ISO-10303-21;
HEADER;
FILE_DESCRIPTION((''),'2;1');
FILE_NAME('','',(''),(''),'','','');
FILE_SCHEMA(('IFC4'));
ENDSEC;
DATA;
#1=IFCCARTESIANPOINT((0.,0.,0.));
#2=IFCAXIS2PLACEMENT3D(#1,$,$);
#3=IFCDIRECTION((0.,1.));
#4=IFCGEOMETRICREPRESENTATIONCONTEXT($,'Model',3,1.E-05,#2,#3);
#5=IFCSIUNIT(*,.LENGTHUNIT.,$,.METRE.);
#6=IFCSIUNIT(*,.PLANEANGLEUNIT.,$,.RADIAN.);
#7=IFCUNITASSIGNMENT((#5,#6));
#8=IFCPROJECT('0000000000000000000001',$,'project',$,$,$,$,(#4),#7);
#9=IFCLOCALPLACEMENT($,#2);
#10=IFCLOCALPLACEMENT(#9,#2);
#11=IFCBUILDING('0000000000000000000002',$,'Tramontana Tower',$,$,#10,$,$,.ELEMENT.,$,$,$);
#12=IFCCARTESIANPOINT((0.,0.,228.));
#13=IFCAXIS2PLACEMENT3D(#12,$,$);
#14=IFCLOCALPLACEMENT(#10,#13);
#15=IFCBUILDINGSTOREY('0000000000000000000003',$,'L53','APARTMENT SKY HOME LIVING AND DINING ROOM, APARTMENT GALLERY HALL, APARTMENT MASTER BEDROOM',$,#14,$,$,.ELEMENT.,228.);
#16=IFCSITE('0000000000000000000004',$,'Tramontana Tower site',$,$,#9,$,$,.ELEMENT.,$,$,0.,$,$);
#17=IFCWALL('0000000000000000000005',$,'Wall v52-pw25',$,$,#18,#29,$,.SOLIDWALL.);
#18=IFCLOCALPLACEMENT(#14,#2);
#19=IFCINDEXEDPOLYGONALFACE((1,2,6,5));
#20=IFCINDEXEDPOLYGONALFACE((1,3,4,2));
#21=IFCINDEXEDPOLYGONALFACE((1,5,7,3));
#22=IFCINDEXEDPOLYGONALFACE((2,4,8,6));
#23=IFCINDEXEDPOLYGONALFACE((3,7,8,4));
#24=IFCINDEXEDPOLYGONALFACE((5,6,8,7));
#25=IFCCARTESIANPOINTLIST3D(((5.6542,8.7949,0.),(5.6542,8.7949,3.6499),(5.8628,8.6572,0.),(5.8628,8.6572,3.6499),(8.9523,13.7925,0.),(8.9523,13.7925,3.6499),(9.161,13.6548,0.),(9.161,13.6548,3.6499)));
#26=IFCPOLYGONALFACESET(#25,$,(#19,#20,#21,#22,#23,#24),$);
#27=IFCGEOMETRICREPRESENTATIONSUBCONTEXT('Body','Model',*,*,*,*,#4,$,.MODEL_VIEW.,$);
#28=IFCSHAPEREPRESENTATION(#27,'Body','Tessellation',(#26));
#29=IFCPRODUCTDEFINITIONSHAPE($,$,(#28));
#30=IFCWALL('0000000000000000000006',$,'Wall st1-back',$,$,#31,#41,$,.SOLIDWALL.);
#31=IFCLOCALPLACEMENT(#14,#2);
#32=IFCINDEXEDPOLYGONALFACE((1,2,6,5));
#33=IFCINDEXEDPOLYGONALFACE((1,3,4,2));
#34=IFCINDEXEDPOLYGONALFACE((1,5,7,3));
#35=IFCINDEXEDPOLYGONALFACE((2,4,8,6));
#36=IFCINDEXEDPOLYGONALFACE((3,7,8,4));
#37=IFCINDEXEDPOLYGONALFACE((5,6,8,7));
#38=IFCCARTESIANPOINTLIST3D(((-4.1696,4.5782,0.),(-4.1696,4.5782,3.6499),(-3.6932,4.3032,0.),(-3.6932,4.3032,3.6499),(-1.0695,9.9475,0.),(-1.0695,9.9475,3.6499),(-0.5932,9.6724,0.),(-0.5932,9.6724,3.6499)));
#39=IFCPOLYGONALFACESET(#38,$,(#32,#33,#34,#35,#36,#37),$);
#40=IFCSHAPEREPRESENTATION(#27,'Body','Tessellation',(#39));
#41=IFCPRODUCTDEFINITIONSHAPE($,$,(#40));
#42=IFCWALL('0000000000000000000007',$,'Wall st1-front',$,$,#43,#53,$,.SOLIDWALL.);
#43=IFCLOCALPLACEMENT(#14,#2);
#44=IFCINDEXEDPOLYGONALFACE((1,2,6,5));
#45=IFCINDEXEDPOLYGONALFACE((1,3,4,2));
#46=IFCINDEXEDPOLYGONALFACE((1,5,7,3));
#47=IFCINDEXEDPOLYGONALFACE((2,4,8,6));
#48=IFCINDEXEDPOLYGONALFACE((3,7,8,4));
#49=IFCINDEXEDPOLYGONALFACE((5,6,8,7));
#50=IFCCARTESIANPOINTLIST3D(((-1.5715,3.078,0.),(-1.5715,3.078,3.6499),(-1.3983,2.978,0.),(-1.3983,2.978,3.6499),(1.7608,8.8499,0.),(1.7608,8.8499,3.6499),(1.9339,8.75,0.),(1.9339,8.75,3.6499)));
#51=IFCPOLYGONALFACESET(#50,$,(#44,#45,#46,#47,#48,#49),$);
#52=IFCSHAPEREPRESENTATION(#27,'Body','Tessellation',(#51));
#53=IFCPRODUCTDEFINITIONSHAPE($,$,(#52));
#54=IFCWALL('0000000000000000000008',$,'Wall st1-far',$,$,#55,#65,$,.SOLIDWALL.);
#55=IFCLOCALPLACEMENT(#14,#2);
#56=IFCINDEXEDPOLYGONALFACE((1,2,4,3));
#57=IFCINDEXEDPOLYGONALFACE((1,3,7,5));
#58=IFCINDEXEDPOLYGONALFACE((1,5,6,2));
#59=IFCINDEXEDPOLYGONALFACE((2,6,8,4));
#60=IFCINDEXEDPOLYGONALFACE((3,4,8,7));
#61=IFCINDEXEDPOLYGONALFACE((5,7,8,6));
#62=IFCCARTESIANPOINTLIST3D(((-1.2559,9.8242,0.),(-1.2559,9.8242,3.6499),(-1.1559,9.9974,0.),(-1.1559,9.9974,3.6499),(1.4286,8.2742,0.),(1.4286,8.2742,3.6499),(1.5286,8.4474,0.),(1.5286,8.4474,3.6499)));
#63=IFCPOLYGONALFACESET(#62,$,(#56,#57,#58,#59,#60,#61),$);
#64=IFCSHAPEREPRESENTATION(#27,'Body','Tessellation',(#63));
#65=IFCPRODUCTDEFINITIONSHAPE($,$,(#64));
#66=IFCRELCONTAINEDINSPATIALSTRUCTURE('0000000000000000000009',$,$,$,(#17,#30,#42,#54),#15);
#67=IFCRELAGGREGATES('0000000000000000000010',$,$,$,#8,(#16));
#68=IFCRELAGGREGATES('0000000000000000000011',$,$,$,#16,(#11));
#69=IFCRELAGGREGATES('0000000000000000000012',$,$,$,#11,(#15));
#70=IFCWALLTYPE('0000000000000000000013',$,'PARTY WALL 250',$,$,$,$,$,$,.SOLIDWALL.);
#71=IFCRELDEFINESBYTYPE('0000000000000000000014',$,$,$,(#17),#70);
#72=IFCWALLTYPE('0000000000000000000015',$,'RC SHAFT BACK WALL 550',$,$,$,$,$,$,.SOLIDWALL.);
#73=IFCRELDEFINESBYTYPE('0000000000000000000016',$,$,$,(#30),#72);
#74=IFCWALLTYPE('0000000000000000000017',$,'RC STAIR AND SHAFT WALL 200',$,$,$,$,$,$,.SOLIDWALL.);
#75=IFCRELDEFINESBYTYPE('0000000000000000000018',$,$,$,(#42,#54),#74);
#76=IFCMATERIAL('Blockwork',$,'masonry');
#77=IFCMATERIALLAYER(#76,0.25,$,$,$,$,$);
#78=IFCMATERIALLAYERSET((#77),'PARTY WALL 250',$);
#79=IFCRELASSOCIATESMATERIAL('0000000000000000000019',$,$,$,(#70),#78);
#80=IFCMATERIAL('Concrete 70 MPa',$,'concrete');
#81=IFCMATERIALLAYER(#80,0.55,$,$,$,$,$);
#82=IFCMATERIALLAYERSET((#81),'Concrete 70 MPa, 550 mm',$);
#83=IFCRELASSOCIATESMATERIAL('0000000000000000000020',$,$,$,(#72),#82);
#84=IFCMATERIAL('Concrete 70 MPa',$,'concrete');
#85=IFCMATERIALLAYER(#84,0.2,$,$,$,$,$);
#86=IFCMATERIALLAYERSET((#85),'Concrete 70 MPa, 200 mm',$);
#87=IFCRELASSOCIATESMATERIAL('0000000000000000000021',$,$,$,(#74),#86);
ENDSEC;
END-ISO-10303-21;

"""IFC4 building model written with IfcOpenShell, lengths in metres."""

from ifc_helpers import new_model, si_unit, direction, frame, frame_2d, origin, place, context, subcontext, project, spatial, rectangle, extrude, material, layer, layer_set, type_object, element, save


model = new_model("IFC4")

# Units and contexts
model_context = context("Model", 3, precision=1e-05, world=origin(), true_north=direction((0.0, 1.0)))
body_context = subcontext(model_context, "Body", "Model", "MODEL_VIEW")
ifc_project = project(units=[si_unit("LENGTHUNIT", "METRE"), si_unit("PLANEANGLEUNIT", "RADIAN")], contexts=[model_context])

# Site, building, storey
site_placement = place(None, origin())
site = spatial("IfcSite", under=ifc_project, at=site_placement, Name="Tramontana Tower site", CompositionType="ELEMENT", RefElevation=0.0)
building_placement = place(site_placement, origin())
building = spatial("IfcBuilding", under=site, at=building_placement, Name="Tramontana Tower", CompositionType="ELEMENT")
storey_placement = place(building_placement, frame((0.0, 0.0, 228.0)))
storey = spatial("IfcBuildingStorey", under=building, at=storey_placement, Name="L53", Description="APARTMENT SKY HOME LIVING AND DINING ROOM, APARTMENT GALLERY HALL, APARTMENT MASTER BEDROOM", CompositionType="ELEMENT", Elevation=228.0)

# Walls
ifc_material_1 = material(Name="Blockwork", Category="masonry")
ifc_layer_1 = layer(ifc_material_1, 0.25)
ifc_layer_set_1 = layer_set([ifc_layer_1], Name="PARTY WALL 250")
wall_type_1 = type_object("IfcWallType", Name="PARTY WALL 250", PredefinedType="SOLIDWALL", material=ifc_layer_set_1)
wall_1_placement = place(storey_placement, frame((9.0566, 13.7236, 0.0), z_axis=(0.0, 0.0, 1.0), x_axis=(-0.550808, -0.834632, 0.0)))
element("IfcWall", 1, at=wall_1_placement, inside=storey, type_object=wall_type_1, Name="Wall v52-pw25", PredefinedType="SOLIDWALL", context=body_context, shape_type="SweptSolid", body=[
    extrude(rectangle(XDim=5.9878, YDim=0.25, at=frame_2d((2.9939, 0.0))), origin(), (0.0, 0.0, 1.0), 3.6499),
])
ifc_material_2 = material(Name="Concrete 70 MPa", Category="concrete")
ifc_layer_2 = layer(ifc_material_2, 0.55)
ifc_layer_set_2 = layer_set([ifc_layer_2], Name="Concrete 70 MPa, 550 mm")
wall_type_2 = type_object("IfcWallType", Name="RC SHAFT BACK WALL 550", PredefinedType="SOLIDWALL", material=ifc_layer_set_2)
wall_2_placement = place(storey_placement, frame((-0.8313, 9.8101, 0.0), z_axis=(0.0, 0.0, 1.0), x_axis=(-0.50001, -0.86602, 0.0)))
element("IfcWall", 2, at=wall_2_placement, inside=storey, type_object=wall_type_2, Name="Wall st1-back", PredefinedType="SOLIDWALL", context=body_context, shape_type="SweptSolid", body=[
    extrude(rectangle(XDim=6.2, YDim=0.55, at=frame_2d((3.1001, 0.0))), origin(), (0.0, 0.0, 1.0), 3.6499),
])
ifc_material_3 = material(Name="Concrete 70 MPa", Category="concrete")
ifc_layer_3 = layer(ifc_material_3, 0.2)
ifc_layer_set_3 = layer_set([ifc_layer_3], Name="Concrete 70 MPa, 200 mm")
wall_type_3 = type_object("IfcWallType", Name="RC STAIR AND SHAFT WALL 200", PredefinedType="SOLIDWALL", material=ifc_layer_set_3)
wall_3_placement = place(storey_placement, frame((1.8474, 8.8, 0.0), z_axis=(0.0, 0.0, 1.0), x_axis=(-0.49998, -0.866037, 0.0)))
element("IfcWall", 3, at=wall_3_placement, inside=storey, type_object=wall_type_3, Name="Wall st1-front", PredefinedType="SOLIDWALL", context=body_context, shape_type="SweptSolid", body=[
    extrude(rectangle(XDim=6.6648, YDim=0.2, at=frame_2d((3.3325, 0.0))), origin(), (0.0, 0.0, 1.0), 3.6499),
])
wall_4_placement = place(storey_placement, frame((1.4785, 8.3608, 0.0), z_axis=(0.0, 0.0, 1.0), x_axis=(-0.86601, 0.500027, 0.0)))
element("IfcWall", 4, at=wall_4_placement, inside=storey, type_object=wall_type_3, Name="Wall st1-far", PredefinedType="SOLIDWALL", context=body_context, shape_type="SweptSolid", body=[
    extrude(rectangle(XDim=3.0999, YDim=0.2, at=frame_2d((1.5498, 0.0))), origin(), (0.0, 0.0, 1.0), 3.6499),
])

save(model, "model.ifc")
